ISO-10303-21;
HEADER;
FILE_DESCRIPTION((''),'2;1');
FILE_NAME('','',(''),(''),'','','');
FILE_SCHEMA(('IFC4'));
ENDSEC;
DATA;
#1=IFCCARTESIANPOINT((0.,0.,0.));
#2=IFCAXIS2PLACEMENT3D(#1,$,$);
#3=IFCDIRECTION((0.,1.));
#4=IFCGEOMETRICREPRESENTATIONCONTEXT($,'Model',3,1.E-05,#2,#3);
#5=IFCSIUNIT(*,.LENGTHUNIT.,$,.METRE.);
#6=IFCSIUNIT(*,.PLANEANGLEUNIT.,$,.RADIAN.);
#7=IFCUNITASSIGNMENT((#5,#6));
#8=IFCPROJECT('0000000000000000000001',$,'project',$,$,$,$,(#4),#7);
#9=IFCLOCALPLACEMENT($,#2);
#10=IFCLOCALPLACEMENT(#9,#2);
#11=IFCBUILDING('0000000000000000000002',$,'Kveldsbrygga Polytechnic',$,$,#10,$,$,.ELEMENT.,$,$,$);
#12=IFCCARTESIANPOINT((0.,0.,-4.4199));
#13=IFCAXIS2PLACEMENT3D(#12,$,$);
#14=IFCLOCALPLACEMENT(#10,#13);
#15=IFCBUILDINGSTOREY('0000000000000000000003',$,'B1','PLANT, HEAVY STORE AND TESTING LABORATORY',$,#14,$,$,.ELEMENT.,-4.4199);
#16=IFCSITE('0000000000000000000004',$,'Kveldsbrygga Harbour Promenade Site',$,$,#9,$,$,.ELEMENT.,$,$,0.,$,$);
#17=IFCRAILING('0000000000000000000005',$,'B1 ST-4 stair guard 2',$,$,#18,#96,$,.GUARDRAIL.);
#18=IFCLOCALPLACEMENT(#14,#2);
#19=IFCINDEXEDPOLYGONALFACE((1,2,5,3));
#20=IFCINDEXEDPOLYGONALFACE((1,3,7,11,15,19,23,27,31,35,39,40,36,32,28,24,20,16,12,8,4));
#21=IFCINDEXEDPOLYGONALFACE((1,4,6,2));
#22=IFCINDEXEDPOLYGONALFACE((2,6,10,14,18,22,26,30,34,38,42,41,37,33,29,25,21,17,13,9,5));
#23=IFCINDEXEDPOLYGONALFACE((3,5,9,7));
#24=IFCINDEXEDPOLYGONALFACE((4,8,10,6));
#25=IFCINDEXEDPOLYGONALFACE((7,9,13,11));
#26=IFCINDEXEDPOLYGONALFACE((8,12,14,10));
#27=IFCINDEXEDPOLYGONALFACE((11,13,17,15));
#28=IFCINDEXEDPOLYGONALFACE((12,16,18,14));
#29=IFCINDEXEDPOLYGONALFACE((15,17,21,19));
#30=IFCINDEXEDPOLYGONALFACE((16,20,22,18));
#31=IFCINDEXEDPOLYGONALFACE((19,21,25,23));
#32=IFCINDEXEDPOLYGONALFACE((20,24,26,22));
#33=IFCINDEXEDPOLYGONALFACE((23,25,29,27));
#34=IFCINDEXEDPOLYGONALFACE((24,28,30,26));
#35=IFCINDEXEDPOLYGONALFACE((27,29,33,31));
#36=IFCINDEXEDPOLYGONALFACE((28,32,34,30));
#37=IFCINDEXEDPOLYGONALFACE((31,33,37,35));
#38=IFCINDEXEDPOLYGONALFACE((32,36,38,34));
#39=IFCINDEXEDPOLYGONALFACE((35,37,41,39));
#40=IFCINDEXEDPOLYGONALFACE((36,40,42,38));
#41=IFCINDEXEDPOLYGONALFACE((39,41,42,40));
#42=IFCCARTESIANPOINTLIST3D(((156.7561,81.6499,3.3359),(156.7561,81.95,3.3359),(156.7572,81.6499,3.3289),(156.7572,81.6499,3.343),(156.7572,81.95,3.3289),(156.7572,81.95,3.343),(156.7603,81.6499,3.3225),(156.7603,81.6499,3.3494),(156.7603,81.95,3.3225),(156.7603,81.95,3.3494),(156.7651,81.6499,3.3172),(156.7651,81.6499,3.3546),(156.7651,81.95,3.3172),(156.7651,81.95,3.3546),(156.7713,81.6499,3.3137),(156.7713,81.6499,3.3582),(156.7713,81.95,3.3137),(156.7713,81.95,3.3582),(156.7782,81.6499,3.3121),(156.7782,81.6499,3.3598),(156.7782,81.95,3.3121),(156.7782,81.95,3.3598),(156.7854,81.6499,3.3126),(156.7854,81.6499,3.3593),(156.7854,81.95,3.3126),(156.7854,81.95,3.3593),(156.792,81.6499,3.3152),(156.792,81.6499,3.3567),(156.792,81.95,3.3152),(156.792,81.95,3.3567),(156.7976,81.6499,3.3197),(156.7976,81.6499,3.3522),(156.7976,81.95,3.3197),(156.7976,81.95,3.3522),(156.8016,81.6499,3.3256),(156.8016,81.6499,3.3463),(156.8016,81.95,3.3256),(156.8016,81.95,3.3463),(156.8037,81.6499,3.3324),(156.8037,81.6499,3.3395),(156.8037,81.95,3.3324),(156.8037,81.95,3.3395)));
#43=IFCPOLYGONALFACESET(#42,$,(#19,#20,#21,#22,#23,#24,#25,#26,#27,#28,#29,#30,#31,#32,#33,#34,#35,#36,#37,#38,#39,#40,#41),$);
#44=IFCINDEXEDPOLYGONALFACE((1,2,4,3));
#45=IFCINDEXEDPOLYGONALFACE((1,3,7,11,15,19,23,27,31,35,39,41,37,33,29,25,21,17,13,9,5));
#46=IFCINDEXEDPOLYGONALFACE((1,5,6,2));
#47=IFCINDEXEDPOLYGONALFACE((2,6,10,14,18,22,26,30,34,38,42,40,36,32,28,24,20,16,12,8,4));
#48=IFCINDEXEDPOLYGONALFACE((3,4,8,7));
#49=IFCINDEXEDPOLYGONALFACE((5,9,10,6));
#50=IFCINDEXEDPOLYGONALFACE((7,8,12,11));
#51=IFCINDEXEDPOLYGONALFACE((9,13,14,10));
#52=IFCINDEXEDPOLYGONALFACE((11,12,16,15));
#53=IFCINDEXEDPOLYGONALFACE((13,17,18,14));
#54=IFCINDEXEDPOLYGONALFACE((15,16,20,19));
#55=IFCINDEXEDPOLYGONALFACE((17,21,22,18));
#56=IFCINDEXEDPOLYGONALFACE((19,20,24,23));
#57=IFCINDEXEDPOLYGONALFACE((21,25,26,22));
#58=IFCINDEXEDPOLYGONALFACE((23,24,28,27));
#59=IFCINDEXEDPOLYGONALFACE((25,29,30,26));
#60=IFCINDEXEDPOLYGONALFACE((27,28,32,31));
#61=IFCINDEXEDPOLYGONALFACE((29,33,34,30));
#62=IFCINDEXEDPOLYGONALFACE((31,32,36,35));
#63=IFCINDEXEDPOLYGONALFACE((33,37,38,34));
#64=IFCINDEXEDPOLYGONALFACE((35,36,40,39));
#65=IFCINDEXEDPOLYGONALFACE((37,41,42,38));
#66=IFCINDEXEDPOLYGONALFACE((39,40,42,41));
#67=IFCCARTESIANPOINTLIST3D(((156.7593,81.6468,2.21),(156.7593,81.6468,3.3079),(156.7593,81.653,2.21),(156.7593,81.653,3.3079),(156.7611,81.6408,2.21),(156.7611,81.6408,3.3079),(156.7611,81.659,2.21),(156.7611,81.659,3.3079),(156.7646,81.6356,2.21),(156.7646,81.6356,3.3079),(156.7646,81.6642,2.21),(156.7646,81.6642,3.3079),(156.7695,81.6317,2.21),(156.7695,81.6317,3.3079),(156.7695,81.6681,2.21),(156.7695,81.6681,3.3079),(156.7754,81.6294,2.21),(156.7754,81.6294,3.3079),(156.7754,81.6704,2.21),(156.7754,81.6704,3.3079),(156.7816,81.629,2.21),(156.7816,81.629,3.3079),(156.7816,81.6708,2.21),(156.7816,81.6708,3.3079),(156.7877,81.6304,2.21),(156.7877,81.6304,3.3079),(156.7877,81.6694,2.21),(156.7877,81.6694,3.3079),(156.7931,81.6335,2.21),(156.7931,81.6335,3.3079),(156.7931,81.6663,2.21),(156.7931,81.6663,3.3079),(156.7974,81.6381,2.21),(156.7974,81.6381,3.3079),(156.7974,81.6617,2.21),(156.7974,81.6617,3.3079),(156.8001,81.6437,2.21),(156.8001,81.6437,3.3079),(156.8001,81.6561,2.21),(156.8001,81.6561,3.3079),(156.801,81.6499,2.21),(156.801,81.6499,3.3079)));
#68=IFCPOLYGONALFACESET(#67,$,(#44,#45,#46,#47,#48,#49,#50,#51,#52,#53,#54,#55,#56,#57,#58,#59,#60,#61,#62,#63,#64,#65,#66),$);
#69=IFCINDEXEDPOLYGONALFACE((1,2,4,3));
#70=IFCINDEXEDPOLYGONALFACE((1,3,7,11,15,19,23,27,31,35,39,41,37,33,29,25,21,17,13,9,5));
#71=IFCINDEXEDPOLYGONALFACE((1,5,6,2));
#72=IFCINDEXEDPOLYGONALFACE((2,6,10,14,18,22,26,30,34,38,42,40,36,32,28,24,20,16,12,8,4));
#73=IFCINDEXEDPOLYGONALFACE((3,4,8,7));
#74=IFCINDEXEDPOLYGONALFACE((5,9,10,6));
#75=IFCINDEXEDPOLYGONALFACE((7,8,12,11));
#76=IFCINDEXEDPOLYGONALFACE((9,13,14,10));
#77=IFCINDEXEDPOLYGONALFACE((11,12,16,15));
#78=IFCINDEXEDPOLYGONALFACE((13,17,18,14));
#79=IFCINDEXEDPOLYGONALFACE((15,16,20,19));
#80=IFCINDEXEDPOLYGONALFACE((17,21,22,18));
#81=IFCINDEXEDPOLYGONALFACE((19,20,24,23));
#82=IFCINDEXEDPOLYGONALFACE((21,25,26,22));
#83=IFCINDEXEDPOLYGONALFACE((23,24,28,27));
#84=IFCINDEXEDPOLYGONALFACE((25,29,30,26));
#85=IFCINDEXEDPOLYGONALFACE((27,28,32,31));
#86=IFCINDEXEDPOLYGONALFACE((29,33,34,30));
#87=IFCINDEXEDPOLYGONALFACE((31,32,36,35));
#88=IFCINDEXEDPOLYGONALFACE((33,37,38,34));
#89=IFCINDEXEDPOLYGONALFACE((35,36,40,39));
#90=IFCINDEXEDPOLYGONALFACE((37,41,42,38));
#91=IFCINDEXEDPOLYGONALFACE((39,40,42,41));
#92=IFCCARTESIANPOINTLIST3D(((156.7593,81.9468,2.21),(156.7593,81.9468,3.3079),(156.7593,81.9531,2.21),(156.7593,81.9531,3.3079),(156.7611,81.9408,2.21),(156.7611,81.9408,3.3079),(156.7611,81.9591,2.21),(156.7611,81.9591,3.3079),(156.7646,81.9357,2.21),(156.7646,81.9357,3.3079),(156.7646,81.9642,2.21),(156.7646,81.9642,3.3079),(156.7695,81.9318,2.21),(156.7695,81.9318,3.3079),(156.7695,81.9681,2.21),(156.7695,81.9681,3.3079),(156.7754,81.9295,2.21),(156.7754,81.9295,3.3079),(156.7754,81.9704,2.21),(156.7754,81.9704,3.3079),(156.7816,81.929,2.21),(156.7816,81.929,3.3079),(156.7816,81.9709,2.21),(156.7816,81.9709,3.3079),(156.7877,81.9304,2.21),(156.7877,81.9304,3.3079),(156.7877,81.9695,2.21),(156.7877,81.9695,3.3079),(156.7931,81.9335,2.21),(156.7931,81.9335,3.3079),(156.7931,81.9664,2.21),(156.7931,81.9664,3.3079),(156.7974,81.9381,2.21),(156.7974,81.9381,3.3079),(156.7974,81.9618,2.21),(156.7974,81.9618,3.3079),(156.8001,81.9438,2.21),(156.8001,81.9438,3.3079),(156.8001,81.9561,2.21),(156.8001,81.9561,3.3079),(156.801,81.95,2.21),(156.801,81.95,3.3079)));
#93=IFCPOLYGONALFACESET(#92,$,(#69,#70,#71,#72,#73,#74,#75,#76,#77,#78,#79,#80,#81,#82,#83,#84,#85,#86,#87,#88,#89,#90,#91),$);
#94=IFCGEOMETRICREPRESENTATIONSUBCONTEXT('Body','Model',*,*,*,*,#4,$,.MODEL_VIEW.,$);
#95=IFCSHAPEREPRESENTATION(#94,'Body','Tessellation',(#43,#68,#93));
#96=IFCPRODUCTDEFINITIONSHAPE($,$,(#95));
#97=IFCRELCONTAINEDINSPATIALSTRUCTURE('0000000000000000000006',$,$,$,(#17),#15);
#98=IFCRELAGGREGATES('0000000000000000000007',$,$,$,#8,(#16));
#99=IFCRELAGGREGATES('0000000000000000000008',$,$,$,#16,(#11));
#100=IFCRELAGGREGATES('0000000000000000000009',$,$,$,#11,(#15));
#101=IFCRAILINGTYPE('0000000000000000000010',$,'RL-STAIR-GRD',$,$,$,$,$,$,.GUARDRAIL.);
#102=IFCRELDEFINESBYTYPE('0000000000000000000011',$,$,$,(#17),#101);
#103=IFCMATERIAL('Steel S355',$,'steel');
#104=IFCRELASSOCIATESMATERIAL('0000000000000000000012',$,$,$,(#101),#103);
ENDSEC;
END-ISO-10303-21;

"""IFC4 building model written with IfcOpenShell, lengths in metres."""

from ifc_helpers import new_model, si_unit, direction, frame, origin, origin_2d, place, context, subcontext, project, spatial, circle, extrude, material, type_object, element, save


model = new_model("IFC4")

# Units and contexts
model_context = context("Model", 3, precision=1e-05, world=origin(), true_north=direction((0.0, 1.0)))
body_context = subcontext(model_context, "Body", "Model", "MODEL_VIEW")
ifc_project = project(units=[si_unit("LENGTHUNIT", "METRE"), si_unit("PLANEANGLEUNIT", "RADIAN")], contexts=[model_context])

# Site, building, storey
site_placement = place(None, origin())
site = spatial("IfcSite", under=ifc_project, at=site_placement, Name="Kveldsbrygga Harbour Promenade Site", CompositionType="ELEMENT", RefElevation=0.0)
building_placement = place(site_placement, origin())
building = spatial("IfcBuilding", under=site, at=building_placement, Name="Kveldsbrygga Polytechnic", CompositionType="ELEMENT")
storey_placement = place(building_placement, frame((0.0, 0.0, -4.4199)))
storey = spatial("IfcBuildingStorey", under=building, at=storey_placement, Name="B1", Description="PLANT, HEAVY STORE AND TESTING LABORATORY", CompositionType="ELEMENT", Elevation=-4.4199)

# Railing
ifc_material_1 = material(Name="Steel S355", Category="steel")
railing_type_1 = type_object("IfcRailingType", Name="RL-STAIR-GRD", PredefinedType="GUARDRAIL", material=ifc_material_1)
railing_1_placement = place(storey_placement, frame((156.78, 81.6499, 2.21)))
element("IfcRailing", 1, at=railing_1_placement, inside=storey, type_object=railing_type_1, Name="B1 ST-4 stair guard 2", PredefinedType="GUARDRAIL", context=body_context, shape_type="SweptSolid", body=[
    extrude(circle(Radius=0.0239, at=origin_2d()), frame((0.0, 0.0, 1.126), z_axis=(0.0, 1.0, 0.0), x_axis=(-1.0, 0.0, 0.0)), (0.0, 0.0, 1.0), 0.3),
    extrude(circle(Radius=0.021, at=origin_2d()), origin(), (0.0, 0.0, 1.0), 1.0979),
    extrude(circle(Radius=0.021, at=origin_2d()), frame((0.0, 0.3, 0.0)), (0.0, 0.0, 1.0), 1.0979),
])

save(model, "model.ifc")
